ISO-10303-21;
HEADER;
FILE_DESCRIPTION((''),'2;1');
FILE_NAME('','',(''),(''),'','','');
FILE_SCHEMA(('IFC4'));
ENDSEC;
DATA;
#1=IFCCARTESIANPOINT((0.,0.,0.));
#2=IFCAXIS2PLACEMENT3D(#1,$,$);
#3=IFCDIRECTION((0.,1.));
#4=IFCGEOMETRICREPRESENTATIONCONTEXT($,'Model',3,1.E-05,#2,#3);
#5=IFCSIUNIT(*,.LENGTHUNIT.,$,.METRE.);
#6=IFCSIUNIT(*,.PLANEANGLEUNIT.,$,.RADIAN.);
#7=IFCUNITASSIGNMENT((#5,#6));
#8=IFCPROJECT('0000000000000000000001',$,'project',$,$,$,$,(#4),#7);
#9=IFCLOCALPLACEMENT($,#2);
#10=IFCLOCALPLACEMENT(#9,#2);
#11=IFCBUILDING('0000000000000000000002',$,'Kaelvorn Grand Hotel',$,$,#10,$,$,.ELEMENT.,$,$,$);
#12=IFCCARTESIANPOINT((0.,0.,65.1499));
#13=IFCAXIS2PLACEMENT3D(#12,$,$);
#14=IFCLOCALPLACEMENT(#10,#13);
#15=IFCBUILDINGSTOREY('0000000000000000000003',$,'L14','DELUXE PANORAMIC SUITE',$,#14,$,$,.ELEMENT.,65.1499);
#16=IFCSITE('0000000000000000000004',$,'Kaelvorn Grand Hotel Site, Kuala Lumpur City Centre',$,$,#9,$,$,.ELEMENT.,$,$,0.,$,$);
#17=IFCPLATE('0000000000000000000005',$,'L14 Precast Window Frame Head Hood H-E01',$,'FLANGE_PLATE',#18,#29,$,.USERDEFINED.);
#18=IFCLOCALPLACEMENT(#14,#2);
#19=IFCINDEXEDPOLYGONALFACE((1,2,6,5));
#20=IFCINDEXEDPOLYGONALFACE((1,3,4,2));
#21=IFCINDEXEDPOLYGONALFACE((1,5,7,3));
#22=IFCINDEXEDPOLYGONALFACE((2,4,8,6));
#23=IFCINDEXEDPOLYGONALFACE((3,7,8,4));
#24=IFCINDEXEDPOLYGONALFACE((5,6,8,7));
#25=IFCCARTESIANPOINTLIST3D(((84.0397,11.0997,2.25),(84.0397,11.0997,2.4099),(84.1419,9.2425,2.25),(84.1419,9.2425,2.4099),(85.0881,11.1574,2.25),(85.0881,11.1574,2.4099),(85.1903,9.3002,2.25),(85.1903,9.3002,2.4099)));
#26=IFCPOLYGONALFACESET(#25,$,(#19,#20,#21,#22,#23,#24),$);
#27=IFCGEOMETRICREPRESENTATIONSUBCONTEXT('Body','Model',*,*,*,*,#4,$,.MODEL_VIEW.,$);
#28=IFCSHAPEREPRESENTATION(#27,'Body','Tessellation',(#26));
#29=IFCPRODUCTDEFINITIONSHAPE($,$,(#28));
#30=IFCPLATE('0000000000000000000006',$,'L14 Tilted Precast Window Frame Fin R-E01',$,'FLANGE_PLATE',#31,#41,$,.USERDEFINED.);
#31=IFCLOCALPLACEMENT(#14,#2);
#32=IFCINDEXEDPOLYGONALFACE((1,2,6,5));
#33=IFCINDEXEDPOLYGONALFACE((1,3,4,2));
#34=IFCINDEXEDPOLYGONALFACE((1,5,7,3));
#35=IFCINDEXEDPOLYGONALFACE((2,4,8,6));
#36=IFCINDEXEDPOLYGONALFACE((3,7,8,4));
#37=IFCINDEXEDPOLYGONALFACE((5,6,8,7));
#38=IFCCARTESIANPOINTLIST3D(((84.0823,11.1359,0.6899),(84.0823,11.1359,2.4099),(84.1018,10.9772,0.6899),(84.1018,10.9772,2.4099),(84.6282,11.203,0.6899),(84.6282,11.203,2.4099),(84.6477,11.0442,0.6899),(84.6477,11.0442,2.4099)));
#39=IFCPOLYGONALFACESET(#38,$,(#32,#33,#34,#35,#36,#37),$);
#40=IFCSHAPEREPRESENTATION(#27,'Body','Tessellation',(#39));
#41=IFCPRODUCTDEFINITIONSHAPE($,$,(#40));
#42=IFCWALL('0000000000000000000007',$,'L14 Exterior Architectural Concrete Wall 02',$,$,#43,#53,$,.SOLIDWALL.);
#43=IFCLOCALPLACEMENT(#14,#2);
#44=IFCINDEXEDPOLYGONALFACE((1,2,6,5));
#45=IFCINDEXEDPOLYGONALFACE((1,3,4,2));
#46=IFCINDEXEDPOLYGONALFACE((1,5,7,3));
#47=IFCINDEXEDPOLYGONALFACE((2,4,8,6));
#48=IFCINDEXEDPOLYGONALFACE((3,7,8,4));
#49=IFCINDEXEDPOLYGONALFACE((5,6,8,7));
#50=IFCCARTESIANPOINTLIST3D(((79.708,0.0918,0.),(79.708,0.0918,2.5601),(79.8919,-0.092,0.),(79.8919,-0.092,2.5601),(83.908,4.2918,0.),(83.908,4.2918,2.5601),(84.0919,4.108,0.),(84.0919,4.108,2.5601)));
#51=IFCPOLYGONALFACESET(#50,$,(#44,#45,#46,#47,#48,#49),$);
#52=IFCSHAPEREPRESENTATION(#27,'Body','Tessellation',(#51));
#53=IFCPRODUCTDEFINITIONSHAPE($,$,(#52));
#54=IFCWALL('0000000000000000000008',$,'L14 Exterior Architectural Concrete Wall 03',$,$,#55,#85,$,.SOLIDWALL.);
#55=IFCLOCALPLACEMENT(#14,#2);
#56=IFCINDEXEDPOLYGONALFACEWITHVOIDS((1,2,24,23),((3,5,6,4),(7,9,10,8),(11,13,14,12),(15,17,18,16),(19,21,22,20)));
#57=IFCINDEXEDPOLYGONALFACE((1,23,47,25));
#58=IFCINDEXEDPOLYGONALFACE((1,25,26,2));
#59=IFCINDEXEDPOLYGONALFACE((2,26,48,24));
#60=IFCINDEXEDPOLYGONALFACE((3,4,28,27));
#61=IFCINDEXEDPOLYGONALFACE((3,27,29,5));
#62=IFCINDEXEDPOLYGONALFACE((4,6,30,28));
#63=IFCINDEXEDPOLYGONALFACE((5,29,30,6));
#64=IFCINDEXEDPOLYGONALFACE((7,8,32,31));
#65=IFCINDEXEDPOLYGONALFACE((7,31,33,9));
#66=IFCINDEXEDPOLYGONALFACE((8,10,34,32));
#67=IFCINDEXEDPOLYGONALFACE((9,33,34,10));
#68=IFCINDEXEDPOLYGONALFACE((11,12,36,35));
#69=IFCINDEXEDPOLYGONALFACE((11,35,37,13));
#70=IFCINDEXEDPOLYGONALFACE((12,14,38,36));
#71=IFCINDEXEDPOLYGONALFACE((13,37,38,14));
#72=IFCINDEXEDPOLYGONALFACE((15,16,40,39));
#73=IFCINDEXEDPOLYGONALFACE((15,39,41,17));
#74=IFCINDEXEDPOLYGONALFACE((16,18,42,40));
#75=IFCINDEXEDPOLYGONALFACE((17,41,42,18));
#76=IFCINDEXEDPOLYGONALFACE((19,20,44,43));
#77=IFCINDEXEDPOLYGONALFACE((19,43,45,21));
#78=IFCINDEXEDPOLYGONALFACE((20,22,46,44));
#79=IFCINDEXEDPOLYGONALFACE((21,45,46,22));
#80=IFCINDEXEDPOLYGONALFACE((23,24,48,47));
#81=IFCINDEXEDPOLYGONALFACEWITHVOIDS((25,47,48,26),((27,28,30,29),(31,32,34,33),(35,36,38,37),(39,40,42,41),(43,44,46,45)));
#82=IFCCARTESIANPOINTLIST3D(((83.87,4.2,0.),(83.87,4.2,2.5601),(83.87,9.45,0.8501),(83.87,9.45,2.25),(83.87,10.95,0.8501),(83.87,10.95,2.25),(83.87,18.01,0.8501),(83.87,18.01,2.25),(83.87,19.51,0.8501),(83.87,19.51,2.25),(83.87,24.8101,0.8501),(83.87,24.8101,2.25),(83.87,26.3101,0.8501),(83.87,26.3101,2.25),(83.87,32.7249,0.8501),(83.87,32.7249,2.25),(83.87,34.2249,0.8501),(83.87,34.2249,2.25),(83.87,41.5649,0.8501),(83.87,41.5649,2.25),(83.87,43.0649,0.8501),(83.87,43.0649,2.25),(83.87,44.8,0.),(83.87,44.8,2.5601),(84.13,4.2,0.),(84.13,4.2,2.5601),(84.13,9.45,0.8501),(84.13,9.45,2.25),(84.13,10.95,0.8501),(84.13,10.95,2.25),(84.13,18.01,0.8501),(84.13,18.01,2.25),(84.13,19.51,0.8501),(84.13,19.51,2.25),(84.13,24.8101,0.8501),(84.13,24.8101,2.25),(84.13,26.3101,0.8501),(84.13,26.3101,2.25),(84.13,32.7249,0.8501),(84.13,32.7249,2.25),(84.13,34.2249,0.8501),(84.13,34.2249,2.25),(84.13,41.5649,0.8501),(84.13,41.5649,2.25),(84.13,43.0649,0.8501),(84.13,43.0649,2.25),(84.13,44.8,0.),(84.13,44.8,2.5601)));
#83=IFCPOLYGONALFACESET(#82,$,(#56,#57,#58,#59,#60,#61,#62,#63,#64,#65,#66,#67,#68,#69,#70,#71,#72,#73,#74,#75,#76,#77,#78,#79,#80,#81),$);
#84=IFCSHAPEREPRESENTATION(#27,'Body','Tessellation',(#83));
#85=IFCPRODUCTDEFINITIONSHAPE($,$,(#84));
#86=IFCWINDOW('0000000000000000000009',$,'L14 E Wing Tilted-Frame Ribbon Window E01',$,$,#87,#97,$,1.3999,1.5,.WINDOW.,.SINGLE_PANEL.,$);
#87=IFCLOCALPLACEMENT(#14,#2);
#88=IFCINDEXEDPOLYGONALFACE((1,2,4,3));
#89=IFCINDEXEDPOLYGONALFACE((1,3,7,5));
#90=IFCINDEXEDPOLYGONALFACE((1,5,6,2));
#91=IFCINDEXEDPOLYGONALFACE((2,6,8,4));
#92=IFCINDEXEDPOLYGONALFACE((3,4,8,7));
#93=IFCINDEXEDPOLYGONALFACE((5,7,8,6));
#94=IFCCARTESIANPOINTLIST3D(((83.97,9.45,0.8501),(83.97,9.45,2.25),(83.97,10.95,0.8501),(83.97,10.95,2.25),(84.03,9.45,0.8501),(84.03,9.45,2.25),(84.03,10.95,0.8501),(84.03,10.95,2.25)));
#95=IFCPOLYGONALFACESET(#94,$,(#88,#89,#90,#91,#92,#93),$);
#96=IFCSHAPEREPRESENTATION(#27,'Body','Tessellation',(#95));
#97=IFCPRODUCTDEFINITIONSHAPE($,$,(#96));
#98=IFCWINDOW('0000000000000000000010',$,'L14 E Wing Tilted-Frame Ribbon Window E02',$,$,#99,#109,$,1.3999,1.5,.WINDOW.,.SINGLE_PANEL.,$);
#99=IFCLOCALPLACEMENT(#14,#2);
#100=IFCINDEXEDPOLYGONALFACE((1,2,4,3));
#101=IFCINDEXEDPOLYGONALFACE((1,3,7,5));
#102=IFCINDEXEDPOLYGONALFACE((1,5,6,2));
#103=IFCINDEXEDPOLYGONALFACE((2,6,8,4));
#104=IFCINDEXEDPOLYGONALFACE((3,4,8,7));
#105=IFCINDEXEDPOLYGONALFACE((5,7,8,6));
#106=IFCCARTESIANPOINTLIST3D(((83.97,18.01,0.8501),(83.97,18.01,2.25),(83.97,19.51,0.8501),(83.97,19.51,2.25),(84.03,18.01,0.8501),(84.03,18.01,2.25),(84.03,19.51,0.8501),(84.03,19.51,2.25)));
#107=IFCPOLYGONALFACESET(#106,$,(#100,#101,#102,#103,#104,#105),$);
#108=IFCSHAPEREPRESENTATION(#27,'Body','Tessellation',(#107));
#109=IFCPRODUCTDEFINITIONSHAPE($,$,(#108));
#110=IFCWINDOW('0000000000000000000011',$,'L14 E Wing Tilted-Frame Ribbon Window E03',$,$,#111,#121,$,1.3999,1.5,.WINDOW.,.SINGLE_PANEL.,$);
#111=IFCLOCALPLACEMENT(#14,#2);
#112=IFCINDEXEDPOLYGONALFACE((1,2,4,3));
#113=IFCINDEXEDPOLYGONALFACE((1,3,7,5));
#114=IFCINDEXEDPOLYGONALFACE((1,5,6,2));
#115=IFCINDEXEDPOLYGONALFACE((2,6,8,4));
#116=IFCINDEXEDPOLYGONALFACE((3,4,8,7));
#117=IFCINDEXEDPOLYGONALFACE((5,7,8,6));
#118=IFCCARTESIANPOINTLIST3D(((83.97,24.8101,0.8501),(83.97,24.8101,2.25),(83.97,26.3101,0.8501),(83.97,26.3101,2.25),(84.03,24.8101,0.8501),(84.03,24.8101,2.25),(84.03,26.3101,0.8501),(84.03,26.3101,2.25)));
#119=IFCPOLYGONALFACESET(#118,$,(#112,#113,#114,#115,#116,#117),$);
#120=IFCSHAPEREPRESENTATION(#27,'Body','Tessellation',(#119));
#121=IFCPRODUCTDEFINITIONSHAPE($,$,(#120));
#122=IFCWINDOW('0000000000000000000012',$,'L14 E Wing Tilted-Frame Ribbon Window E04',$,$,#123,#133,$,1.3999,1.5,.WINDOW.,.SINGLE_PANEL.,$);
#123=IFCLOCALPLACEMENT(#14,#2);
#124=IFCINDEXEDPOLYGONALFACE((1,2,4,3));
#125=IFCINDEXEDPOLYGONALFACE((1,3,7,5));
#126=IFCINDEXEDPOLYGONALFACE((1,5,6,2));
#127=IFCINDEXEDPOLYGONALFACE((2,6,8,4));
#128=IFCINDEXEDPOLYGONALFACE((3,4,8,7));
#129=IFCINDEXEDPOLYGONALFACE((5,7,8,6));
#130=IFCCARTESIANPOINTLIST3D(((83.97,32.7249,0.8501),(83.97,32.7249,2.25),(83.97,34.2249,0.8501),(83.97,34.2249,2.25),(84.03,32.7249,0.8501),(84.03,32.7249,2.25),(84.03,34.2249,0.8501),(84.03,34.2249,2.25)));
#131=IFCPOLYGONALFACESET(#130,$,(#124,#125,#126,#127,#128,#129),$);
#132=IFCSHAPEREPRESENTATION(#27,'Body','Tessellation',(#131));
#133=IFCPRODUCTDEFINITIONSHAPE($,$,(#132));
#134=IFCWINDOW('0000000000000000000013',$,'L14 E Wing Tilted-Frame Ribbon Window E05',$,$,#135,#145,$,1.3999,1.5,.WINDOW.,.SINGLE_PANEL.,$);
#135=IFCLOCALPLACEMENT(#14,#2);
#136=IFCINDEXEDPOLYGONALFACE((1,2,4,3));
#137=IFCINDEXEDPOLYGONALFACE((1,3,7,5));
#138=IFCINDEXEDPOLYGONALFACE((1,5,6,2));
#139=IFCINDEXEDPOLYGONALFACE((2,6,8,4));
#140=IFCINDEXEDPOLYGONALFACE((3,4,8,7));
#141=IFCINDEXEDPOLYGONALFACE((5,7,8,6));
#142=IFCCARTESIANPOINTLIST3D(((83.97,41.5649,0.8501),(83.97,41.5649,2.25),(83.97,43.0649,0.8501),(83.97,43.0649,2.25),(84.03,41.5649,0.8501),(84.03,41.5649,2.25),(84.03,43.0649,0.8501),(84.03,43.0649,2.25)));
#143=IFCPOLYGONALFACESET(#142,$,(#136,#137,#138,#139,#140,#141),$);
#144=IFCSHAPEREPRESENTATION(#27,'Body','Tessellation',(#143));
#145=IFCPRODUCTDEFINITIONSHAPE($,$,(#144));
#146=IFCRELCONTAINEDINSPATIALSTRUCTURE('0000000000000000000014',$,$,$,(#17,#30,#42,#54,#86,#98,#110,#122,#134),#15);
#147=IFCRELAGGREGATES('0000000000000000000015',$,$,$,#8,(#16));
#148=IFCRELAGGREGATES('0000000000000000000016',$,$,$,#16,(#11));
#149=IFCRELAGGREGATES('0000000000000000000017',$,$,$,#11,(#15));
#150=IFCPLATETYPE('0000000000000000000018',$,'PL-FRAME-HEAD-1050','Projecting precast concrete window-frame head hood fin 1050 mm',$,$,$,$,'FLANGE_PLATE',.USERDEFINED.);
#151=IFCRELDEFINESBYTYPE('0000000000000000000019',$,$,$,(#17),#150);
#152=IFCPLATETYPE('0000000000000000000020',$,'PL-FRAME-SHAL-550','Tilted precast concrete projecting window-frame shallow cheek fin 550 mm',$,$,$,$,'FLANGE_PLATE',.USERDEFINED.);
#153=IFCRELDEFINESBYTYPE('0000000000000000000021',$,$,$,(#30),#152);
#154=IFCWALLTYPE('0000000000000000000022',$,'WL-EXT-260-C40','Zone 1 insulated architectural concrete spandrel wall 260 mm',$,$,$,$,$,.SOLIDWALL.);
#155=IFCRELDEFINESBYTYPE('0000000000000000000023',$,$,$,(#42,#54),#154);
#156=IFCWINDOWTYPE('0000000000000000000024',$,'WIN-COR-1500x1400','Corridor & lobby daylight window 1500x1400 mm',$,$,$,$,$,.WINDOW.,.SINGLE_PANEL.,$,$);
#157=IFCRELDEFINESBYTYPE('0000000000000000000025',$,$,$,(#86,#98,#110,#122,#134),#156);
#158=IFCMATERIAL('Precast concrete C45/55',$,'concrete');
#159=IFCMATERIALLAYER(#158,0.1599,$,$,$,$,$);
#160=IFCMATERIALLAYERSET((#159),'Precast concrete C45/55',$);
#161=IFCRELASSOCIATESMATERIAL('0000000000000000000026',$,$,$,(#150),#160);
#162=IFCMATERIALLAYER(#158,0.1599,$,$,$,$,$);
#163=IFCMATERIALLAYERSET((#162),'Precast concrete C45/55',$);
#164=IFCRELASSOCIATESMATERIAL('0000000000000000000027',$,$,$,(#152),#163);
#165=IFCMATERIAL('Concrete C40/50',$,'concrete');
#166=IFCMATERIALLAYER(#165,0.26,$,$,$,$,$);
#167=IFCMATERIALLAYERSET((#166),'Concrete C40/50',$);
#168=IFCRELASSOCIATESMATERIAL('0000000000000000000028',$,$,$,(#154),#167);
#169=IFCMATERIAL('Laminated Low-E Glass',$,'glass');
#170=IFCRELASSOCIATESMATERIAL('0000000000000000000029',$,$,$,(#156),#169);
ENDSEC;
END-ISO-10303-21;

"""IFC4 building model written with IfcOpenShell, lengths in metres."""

from ifc_helpers import new_model, si_unit, direction, frame, frame_2d, origin, origin_2d, place, context, subcontext, project, spatial, rectangle, extrude, material, layer, layer_set, type_object, element, fill, save


model = new_model("IFC4")

# Units and contexts
model_context = context("Model", 3, precision=1e-05, world=origin(), true_north=direction((0.0, 1.0)))
body_context = subcontext(model_context, "Body", "Model", "MODEL_VIEW")
ifc_project = project(units=[si_unit("LENGTHUNIT", "METRE"), si_unit("PLANEANGLEUNIT", "RADIAN")], contexts=[model_context])

# Site, building, storey
site_placement = place(None, origin())
site = spatial("IfcSite", under=ifc_project, at=site_placement, Name="Kaelvorn Grand Hotel Site, Kuala Lumpur City Centre", CompositionType="ELEMENT", RefElevation=0.0)
building_placement = place(site_placement, origin())
building = spatial("IfcBuilding", under=site, at=building_placement, Name="Kaelvorn Grand Hotel", CompositionType="ELEMENT")
storey_placement = place(building_placement, frame((0.0, 0.0, 65.1499)))
storey = spatial("IfcBuildingStorey", under=building, at=storey_placement, Name="L14", Description="DELUXE PANORAMIC SUITE", CompositionType="ELEMENT", Elevation=65.1499)

# Plates
ifc_material_1 = material(Name="Precast concrete C45/55", Category="concrete")
ifc_layer_1 = layer(ifc_material_1, 0.1599)
ifc_layer_set_1 = layer_set([ifc_layer_1], Name="Precast concrete C45/55")
plate_type_1 = type_object("IfcPlateType", Name="PL-FRAME-HEAD-1050", Description="Projecting precast concrete window-frame head hood fin 1050 mm", ElementType="FLANGE_PLATE", PredefinedType="USERDEFINED", material=ifc_layer_set_1)
plate_1_placement = place(storey_placement, frame((84.615, 10.2, 2.25), z_axis=(0.0, 0.0, 1.0), x_axis=(-0.05495, 0.998489, 0.0)))
element("IfcPlate", 1, at=plate_1_placement, inside=storey, type_object=plate_type_1, Name="L14 Precast Window Frame Head Hood H-E01", ObjectType="FLANGE_PLATE", PredefinedType="USERDEFINED", context=body_context, shape_type="SweptSolid", body=[
    extrude(rectangle(XDim=1.8601, YDim=1.05, at=origin_2d()), origin(), (0.0, 0.0, 1.0), 0.1599),
])
ifc_layer_2 = layer(ifc_material_1, 0.1599)
ifc_layer_set_2 = layer_set([ifc_layer_2], Name="Precast concrete C45/55")
plate_type_2 = type_object("IfcPlateType", Name="PL-FRAME-SHAL-550", Description="Tilted precast concrete projecting window-frame shallow cheek fin 550 mm", ElementType="FLANGE_PLATE", PredefinedType="USERDEFINED", material=ifc_layer_set_2)
plate_2_placement = place(storey_placement, frame((84.365, 11.0901, 0.6899), z_axis=(0.0, 0.0, 1.0), x_axis=(-0.121869, 0.992546, 0.0)))
element("IfcPlate", 2, at=plate_2_placement, inside=storey, type_object=plate_type_2, Name="L14 Tilted Precast Window Frame Fin R-E01", ObjectType="FLANGE_PLATE", PredefinedType="USERDEFINED", context=body_context, shape_type="SweptSolid", body=[
    extrude(rectangle(XDim=0.1599, YDim=0.55, at=origin_2d()), origin(), (0.0, 0.0, 1.0), 1.72),
])

# Wall
ifc_material_2 = material(Name="Concrete C40/50", Category="concrete")
ifc_layer_3 = layer(ifc_material_2, 0.26)
ifc_layer_set_3 = layer_set([ifc_layer_3], Name="Concrete C40/50")
wall_type = type_object("IfcWallType", Name="WL-EXT-260-C40", Description="Zone 1 insulated architectural concrete spandrel wall 260 mm", PredefinedType="SOLIDWALL", material=ifc_layer_set_3)
wall_1_placement = place(storey_placement, frame((79.8, 0.0, 0.0), z_axis=(0.0, 0.0, 1.0), x_axis=(0.707107, 0.707107, 0.0)))
element("IfcWall", 3, at=wall_1_placement, inside=storey, type_object=wall_type, Name="L14 Exterior Architectural Concrete Wall 02", PredefinedType="SOLIDWALL", context=body_context, shape_type="SweptSolid", body=[
    extrude(rectangle(XDim=5.9397, YDim=0.26, at=frame_2d((2.9697, 0.0))), origin(), (0.0, 0.0, 1.0), 2.5601),
])

# Wall, openings, windows
wall_2_placement = place(storey_placement, frame((84.0, 4.2, 0.0), z_axis=(0.0, 0.0, 1.0), x_axis=(0.0, 1.0, 0.0)))
wall_2 = element("IfcWall", 4, at=wall_2_placement, inside=storey, type_object=wall_type, Name="L14 Exterior Architectural Concrete Wall 03", PredefinedType="SOLIDWALL", context=body_context, shape_type="SweptSolid", body=[
    extrude(rectangle(XDim=40.6001, YDim=0.26, at=frame_2d((20.3, 0.0))), origin(), (0.0, 0.0, 1.0), 2.5601),
])
opening_1_placement = place(wall_2_placement, frame((5.25, 0.0, 0.8501)))
opening_1 = element("IfcOpeningElement", 5, at=opening_1_placement, cuts=wall_2, PredefinedType="OPENING", context=body_context, shape_type="SweptSolid", body=[
    extrude(rectangle(XDim=1.5, YDim=1.3999, at=frame_2d((0.75, 0.7))), frame((0.0, 0.1401, 0.0), z_axis=(0.0, -1.0, 0.0), x_axis=(1.0, 0.0, 0.0)), (0.0, 0.0, 1.0), 0.28),
])
opening_2_placement = place(wall_2_placement, frame((13.8101, 0.0, 0.8501)))
opening_2 = element("IfcOpeningElement", 6, at=opening_2_placement, cuts=wall_2, PredefinedType="OPENING", context=body_context, shape_type="SweptSolid", body=[
    extrude(rectangle(XDim=1.5, YDim=1.3999, at=frame_2d((0.75, 0.7))), frame((0.0, 0.1401, 0.0), z_axis=(0.0, -1.0, 0.0), x_axis=(1.0, 0.0, 0.0)), (0.0, 0.0, 1.0), 0.28),
])
opening_3_placement = place(wall_2_placement, frame((20.6101, 0.0, 0.8501)))
opening_3 = element("IfcOpeningElement", 7, at=opening_3_placement, cuts=wall_2, PredefinedType="OPENING", context=body_context, shape_type="SweptSolid", body=[
    extrude(rectangle(XDim=1.5, YDim=1.3999, at=frame_2d((0.75, 0.7))), frame((0.0, 0.1401, 0.0), z_axis=(0.0, -1.0, 0.0), x_axis=(1.0, 0.0, 0.0)), (0.0, 0.0, 1.0), 0.28),
])
opening_4_placement = place(wall_2_placement, frame((28.5249, 0.0, 0.8501)))
opening_4 = element("IfcOpeningElement", 8, at=opening_4_placement, cuts=wall_2, PredefinedType="OPENING", context=body_context, shape_type="SweptSolid", body=[
    extrude(rectangle(XDim=1.5, YDim=1.3999, at=frame_2d((0.75, 0.7))), frame((0.0, 0.1401, 0.0), z_axis=(0.0, -1.0, 0.0), x_axis=(1.0, 0.0, 0.0)), (0.0, 0.0, 1.0), 0.28),
])
opening_5_placement = place(wall_2_placement, frame((37.365, 0.0, 0.8501)))
opening_5 = element("IfcOpeningElement", 9, at=opening_5_placement, cuts=wall_2, PredefinedType="OPENING", context=body_context, shape_type="SweptSolid", body=[
    extrude(rectangle(XDim=1.5, YDim=1.3999, at=frame_2d((0.75, 0.7))), frame((0.0, 0.1401, 0.0), z_axis=(0.0, -1.0, 0.0), x_axis=(1.0, 0.0, 0.0)), (0.0, 0.0, 1.0), 0.28),
])
ifc_material_3 = material(Name="Laminated Low-E Glass", Category="glass")
window_type = type_object("IfcWindowType", Name="WIN-COR-1500x1400", Description="Corridor & lobby daylight window 1500x1400 mm", PartitioningType="SINGLE_PANEL", PredefinedType="WINDOW", material=ifc_material_3)
window_1_placement = place(opening_1_placement, origin())
window_1 = element("IfcWindow", 10, at=window_1_placement, inside=storey, type_object=window_type, Name="L14 E Wing Tilted-Frame Ribbon Window E01", OverallHeight=1.3999, OverallWidth=1.5, PartitioningType="SINGLE_PANEL", PredefinedType="WINDOW", context=body_context, shape_type="SweptSolid", body=[
    extrude(rectangle(XDim=1.5, YDim=1.3999, at=frame_2d((0.75, 0.7))), frame((0.0, 0.03, 0.0), z_axis=(0.0, -1.0, 0.0), x_axis=(1.0, 0.0, 0.0)), (0.0, 0.0, 1.0), 0.0601),
])
fill(opening_1, window_1)
window_2_placement = place(opening_2_placement, origin())
window_2 = element("IfcWindow", 11, at=window_2_placement, inside=storey, type_object=window_type, Name="L14 E Wing Tilted-Frame Ribbon Window E02", OverallHeight=1.3999, OverallWidth=1.5, PartitioningType="SINGLE_PANEL", PredefinedType="WINDOW", context=body_context, shape_type="SweptSolid", body=[
    extrude(rectangle(XDim=1.5, YDim=1.3999, at=frame_2d((0.75, 0.7))), frame((0.0, 0.03, 0.0), z_axis=(0.0, -1.0, 0.0), x_axis=(1.0, 0.0, 0.0)), (0.0, 0.0, 1.0), 0.0601),
])
fill(opening_2, window_2)
window_3_placement = place(opening_3_placement, origin())
window_3 = element("IfcWindow", 12, at=window_3_placement, inside=storey, type_object=window_type, Name="L14 E Wing Tilted-Frame Ribbon Window E03", OverallHeight=1.3999, OverallWidth=1.5, PartitioningType="SINGLE_PANEL", PredefinedType="WINDOW", context=body_context, shape_type="SweptSolid", body=[
    extrude(rectangle(XDim=1.5, YDim=1.3999, at=frame_2d((0.75, 0.7))), frame((0.0, 0.03, 0.0), z_axis=(0.0, -1.0, 0.0), x_axis=(1.0, 0.0, 0.0)), (0.0, 0.0, 1.0), 0.0601),
])
fill(opening_3, window_3)
window_4_placement = place(opening_4_placement, origin())
window_4 = element("IfcWindow", 13, at=window_4_placement, inside=storey, type_object=window_type, Name="L14 E Wing Tilted-Frame Ribbon Window E04", OverallHeight=1.3999, OverallWidth=1.5, PartitioningType="SINGLE_PANEL", PredefinedType="WINDOW", context=body_context, shape_type="SweptSolid", body=[
    extrude(rectangle(XDim=1.5, YDim=1.3999, at=frame_2d((0.75, 0.7))), frame((0.0, 0.03, 0.0), z_axis=(0.0, -1.0, 0.0), x_axis=(1.0, 0.0, 0.0)), (0.0, 0.0, 1.0), 0.0601),
])
fill(opening_4, window_4)
window_5_placement = place(opening_5_placement, origin())
window_5 = element("IfcWindow", 14, at=window_5_placement, inside=storey, type_object=window_type, Name="L14 E Wing Tilted-Frame Ribbon Window E05", OverallHeight=1.3999, OverallWidth=1.5, PartitioningType="SINGLE_PANEL", PredefinedType="WINDOW", context=body_context, shape_type="SweptSolid", body=[
    extrude(rectangle(XDim=1.5, YDim=1.3999, at=frame_2d((0.75, 0.7))), frame((0.0, 0.03, 0.0), z_axis=(0.0, -1.0, 0.0), x_axis=(1.0, 0.0, 0.0)), (0.0, 0.0, 1.0), 0.0601),
])
fill(opening_5, window_5)

save(model, "model.ifc")
